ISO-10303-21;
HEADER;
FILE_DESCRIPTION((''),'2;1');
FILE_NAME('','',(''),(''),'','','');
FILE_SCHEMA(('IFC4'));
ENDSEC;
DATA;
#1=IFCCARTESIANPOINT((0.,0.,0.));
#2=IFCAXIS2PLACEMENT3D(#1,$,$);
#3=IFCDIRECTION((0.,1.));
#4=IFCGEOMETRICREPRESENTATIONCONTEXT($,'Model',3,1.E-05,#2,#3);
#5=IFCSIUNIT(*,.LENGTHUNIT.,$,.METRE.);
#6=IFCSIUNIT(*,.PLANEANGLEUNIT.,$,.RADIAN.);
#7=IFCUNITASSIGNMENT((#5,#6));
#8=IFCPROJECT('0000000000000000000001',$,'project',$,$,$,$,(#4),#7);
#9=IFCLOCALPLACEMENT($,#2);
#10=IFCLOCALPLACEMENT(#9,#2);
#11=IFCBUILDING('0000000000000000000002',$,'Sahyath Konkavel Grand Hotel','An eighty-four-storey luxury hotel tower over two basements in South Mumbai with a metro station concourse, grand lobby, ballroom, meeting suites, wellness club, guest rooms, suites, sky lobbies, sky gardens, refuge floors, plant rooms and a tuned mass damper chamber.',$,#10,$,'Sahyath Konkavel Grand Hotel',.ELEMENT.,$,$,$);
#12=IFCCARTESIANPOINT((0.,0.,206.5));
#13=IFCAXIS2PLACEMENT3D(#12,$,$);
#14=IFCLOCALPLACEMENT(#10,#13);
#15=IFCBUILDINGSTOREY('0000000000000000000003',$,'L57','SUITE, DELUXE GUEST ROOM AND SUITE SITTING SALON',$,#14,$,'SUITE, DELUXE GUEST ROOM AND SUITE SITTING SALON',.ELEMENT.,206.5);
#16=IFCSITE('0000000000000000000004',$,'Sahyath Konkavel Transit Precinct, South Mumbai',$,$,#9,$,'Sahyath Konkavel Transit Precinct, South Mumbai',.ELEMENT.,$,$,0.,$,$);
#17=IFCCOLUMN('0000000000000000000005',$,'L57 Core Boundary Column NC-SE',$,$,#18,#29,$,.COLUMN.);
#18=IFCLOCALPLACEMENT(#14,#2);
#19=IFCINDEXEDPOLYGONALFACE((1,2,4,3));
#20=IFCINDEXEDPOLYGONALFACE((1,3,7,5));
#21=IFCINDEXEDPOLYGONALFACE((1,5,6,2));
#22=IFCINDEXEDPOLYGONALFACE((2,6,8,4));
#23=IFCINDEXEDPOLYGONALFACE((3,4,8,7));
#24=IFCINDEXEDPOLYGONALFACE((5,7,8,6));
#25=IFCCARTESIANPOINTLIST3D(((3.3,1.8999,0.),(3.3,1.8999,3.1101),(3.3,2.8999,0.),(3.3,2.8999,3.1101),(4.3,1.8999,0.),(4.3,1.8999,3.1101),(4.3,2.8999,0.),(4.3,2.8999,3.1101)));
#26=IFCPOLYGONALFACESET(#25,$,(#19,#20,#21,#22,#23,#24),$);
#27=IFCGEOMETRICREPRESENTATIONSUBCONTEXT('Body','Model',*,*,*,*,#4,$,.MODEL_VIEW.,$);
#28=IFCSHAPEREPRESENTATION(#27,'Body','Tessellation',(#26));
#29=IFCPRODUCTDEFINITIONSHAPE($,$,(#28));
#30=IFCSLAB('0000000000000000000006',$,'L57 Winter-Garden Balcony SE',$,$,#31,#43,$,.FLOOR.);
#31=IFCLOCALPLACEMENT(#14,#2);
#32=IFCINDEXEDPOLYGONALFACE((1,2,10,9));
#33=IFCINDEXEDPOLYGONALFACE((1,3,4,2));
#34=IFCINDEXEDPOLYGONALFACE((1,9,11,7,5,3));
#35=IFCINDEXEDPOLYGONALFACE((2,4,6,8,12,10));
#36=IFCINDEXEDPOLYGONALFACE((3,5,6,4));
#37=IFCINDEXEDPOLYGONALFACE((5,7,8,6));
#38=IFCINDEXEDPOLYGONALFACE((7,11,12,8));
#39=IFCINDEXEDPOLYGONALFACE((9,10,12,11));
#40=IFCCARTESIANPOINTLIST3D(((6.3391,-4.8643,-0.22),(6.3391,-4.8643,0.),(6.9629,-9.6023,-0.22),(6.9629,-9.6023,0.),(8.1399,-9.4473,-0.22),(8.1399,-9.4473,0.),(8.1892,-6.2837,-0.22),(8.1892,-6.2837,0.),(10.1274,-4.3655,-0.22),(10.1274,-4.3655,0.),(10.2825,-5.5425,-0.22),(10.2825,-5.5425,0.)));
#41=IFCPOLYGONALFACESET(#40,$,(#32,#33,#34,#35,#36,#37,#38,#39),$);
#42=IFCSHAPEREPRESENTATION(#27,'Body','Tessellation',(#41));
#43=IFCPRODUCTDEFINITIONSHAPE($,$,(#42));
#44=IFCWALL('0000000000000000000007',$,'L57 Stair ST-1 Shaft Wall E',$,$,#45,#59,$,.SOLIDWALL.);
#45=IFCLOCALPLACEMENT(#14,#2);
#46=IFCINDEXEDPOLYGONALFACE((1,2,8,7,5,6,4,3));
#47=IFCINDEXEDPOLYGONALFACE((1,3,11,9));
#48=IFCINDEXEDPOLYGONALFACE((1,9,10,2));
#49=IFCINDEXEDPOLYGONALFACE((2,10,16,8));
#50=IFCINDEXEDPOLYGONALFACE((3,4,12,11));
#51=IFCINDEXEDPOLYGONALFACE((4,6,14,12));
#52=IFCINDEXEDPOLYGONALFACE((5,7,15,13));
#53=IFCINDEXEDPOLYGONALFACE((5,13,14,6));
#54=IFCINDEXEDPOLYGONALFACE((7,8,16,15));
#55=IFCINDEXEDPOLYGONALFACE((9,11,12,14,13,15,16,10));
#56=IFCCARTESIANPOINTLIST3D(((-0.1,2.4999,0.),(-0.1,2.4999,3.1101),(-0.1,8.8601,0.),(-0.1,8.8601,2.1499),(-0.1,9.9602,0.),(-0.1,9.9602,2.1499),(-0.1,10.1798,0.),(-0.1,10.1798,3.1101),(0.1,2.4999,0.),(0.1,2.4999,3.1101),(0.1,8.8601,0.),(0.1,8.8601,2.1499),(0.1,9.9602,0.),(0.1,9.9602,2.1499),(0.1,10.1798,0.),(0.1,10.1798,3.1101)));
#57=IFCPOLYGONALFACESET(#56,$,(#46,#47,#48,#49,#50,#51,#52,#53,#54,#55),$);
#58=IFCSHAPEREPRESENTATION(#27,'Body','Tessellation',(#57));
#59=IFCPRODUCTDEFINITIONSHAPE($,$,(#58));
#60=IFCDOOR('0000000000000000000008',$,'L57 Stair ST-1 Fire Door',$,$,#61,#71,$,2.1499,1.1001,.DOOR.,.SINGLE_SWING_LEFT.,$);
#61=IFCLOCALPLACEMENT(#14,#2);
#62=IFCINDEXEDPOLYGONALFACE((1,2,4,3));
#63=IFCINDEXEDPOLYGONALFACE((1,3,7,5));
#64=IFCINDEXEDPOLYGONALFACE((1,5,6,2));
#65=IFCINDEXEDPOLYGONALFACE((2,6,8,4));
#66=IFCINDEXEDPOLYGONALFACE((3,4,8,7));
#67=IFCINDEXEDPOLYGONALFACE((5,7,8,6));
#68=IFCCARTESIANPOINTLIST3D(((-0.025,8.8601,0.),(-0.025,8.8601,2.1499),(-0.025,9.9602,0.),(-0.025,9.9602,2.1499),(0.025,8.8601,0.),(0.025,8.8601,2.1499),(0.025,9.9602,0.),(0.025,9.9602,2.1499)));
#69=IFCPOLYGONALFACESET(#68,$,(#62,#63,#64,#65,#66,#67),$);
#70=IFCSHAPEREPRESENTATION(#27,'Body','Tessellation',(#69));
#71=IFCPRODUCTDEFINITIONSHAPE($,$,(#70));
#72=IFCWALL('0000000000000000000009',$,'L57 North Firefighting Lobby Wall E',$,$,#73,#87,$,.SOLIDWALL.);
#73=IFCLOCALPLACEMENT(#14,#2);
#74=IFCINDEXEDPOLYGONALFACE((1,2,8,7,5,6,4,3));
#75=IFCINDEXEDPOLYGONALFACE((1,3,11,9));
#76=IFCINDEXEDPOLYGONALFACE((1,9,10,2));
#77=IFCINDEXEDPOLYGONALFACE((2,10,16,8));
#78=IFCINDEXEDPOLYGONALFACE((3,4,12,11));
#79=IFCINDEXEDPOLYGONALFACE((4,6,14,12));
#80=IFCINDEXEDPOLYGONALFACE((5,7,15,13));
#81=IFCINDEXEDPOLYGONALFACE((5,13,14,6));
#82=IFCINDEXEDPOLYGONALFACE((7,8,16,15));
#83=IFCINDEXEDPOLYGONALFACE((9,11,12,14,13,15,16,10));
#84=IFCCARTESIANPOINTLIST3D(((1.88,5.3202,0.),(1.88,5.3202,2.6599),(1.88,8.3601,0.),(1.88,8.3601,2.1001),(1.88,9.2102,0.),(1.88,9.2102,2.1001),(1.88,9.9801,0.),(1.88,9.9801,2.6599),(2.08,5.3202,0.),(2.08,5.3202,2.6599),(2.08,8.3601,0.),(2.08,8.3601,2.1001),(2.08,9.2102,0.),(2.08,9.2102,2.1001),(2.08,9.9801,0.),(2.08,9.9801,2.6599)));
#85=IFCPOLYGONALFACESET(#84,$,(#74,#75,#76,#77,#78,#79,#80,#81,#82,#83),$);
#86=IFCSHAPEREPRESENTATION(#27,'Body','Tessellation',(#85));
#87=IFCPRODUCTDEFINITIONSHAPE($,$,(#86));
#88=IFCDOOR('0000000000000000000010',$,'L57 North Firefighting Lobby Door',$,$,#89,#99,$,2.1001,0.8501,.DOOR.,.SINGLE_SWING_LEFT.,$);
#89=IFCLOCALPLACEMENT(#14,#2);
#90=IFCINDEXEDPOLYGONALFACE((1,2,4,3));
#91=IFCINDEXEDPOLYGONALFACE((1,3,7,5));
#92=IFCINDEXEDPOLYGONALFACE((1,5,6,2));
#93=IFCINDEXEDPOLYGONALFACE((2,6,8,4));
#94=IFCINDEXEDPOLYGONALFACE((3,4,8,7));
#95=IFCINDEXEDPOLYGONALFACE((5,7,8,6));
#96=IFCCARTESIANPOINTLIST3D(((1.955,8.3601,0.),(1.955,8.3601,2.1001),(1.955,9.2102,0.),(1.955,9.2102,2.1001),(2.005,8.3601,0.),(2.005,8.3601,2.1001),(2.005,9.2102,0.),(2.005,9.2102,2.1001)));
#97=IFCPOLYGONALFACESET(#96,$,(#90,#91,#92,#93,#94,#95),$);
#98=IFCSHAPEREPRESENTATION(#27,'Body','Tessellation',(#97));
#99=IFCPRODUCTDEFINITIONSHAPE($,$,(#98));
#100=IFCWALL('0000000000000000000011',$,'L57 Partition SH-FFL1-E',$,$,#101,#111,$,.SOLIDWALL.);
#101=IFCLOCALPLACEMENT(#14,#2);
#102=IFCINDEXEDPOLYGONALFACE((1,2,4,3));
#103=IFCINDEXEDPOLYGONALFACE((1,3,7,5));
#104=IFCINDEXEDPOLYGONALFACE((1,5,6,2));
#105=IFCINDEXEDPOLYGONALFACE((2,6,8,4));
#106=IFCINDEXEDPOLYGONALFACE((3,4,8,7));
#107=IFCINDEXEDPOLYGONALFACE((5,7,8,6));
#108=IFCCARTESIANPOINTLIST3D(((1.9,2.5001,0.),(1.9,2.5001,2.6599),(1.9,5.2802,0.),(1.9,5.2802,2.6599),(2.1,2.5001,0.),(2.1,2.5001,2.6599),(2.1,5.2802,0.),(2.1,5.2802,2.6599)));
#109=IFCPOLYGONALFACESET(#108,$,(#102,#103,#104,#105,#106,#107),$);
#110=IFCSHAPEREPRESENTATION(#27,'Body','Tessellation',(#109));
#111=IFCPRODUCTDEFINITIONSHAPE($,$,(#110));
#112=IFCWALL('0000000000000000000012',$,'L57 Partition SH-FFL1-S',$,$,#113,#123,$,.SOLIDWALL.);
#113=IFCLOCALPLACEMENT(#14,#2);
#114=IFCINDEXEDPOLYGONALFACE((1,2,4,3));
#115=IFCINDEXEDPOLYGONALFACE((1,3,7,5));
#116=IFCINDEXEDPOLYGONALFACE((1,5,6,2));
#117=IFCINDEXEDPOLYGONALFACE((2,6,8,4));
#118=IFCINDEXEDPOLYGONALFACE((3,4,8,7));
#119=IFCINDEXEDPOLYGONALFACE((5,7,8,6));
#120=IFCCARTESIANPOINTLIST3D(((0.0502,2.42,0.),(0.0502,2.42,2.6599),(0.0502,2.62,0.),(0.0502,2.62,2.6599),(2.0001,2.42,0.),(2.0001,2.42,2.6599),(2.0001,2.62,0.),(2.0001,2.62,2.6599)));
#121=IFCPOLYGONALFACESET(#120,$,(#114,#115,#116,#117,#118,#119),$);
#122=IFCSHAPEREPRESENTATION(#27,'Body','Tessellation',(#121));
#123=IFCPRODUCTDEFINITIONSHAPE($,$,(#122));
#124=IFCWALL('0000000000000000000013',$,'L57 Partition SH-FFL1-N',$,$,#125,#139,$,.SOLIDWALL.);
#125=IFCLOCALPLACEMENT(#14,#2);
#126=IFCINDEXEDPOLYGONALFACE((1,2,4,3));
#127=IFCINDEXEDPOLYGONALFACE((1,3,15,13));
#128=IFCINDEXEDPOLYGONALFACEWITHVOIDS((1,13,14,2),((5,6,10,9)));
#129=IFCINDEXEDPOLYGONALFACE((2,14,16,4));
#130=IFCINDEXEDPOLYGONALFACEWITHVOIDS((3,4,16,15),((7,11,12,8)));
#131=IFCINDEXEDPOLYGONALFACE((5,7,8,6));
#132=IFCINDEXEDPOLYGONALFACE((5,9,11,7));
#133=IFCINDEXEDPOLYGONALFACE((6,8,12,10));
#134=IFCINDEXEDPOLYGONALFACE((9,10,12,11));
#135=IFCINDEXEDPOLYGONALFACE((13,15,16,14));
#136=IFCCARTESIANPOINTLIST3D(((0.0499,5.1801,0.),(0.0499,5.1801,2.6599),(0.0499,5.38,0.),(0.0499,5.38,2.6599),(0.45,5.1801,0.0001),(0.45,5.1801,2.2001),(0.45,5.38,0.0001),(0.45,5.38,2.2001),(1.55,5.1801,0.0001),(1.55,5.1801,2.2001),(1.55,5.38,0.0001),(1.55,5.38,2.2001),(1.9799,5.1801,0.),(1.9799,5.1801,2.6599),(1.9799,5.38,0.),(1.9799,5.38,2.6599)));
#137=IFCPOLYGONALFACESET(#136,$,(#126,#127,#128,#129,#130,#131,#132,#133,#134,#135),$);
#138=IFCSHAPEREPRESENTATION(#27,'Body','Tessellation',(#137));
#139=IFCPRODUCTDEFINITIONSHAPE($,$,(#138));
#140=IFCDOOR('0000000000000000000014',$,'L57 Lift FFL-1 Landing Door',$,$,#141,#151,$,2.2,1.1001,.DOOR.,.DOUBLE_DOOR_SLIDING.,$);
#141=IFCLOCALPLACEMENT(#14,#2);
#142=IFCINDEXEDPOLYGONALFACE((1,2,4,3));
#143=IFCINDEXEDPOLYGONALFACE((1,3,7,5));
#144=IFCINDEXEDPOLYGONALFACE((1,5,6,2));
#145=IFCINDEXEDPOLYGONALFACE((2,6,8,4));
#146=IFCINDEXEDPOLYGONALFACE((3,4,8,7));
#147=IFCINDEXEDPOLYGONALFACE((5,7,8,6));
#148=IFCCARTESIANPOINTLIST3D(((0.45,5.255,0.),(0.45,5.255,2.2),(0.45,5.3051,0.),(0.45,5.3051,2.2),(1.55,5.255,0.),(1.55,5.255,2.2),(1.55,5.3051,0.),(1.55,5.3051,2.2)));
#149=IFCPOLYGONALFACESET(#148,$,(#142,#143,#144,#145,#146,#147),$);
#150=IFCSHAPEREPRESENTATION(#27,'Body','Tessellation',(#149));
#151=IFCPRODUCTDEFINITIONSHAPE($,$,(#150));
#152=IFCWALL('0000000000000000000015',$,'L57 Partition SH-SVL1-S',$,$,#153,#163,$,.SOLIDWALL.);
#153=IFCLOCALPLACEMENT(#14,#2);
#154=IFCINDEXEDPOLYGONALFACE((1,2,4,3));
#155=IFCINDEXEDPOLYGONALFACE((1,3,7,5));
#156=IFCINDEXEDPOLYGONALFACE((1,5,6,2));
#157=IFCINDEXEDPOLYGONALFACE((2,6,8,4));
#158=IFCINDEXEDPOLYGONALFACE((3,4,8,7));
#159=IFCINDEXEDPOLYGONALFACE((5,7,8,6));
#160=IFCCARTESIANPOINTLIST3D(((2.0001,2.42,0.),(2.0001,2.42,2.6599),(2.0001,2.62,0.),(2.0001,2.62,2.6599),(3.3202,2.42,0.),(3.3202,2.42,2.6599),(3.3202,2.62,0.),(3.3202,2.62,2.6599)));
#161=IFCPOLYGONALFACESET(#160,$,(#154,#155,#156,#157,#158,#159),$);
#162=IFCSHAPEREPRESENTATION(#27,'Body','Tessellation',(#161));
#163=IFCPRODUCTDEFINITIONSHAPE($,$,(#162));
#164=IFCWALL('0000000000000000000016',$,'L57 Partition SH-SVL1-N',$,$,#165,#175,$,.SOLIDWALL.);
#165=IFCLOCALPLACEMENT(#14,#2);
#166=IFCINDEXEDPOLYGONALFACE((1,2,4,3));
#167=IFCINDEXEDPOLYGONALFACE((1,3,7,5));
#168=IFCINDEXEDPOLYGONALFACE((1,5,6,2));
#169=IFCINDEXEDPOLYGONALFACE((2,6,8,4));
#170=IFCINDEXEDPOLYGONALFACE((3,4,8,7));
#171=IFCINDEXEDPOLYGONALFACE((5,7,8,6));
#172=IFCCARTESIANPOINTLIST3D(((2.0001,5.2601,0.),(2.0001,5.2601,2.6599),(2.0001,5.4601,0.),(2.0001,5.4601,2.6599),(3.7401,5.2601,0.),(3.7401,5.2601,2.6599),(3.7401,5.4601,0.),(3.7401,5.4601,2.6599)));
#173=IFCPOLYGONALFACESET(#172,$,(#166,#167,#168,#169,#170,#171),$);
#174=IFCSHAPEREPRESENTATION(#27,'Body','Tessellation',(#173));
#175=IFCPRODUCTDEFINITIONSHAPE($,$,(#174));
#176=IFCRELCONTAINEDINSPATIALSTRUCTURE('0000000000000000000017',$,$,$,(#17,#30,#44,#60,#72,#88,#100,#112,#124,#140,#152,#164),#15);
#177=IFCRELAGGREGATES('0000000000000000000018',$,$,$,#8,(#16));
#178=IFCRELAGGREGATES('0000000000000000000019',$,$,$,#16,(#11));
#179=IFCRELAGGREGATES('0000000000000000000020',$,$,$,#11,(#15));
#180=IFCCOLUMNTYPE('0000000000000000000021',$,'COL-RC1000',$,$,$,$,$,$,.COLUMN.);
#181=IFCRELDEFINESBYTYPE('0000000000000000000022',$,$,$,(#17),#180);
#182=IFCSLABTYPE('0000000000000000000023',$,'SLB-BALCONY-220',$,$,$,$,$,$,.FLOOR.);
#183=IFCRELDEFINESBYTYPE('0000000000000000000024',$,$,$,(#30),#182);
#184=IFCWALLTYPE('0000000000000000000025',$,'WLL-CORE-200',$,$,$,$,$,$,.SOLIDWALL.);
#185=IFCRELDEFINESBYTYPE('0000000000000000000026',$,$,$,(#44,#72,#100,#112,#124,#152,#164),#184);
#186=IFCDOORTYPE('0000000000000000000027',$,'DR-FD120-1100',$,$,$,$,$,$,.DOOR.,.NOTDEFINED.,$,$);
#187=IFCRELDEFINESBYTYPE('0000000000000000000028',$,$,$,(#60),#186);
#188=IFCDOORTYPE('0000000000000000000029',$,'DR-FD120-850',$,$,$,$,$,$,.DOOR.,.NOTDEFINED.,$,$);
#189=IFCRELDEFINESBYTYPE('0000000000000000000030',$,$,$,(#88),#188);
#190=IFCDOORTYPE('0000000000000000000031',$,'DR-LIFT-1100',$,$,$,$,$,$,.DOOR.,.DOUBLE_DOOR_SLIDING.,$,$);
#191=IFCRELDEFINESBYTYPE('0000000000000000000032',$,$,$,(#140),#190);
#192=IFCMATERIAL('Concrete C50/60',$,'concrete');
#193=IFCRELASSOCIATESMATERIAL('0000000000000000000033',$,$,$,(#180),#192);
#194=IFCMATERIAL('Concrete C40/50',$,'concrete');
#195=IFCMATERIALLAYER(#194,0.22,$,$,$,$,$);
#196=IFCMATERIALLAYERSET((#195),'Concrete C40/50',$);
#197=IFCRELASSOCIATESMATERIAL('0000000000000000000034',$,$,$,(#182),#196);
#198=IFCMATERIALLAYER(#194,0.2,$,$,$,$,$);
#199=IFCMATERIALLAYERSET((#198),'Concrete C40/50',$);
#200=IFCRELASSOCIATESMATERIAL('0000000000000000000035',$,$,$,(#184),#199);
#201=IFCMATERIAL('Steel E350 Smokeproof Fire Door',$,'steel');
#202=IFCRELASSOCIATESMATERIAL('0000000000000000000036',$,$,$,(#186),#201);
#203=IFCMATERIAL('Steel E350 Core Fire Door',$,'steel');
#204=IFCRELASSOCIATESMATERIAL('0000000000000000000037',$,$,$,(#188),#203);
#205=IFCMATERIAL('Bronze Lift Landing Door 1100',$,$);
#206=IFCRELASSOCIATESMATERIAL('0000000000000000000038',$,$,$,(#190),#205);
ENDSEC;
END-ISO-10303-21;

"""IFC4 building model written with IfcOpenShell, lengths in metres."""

from ifc_helpers import new_model, si_unit, direction, frame, frame_2d, origin, origin_2d, place, context, subcontext, project, spatial, polyline, rectangle, outline, extrude, source, transform, mapped, material, layer, layer_set, material_profile, profile_set, type_object, element, fill, save


model = new_model("IFC4")

# Units and contexts
model_context = context("Model", 3, precision=1e-05, world=origin(), true_north=direction((0.0, 1.0)))
body_context = subcontext(model_context, "Body", "Model", "MODEL_VIEW")
ifc_project = project(units=[si_unit("LENGTHUNIT", "METRE"), si_unit("PLANEANGLEUNIT", "RADIAN")], contexts=[model_context])

# Site, building, storey
site_placement = place(None, origin())
site = spatial("IfcSite", under=ifc_project, at=site_placement, Name="Sahyath Konkavel Transit Precinct, South Mumbai", LongName="Sahyath Konkavel Transit Precinct, South Mumbai", CompositionType="ELEMENT", RefElevation=0.0)
building_placement = place(site_placement, origin())
building = spatial("IfcBuilding", under=site, at=building_placement, Name="Sahyath Konkavel Grand Hotel", Description="An eighty-four-storey luxury hotel tower over two basements in South Mumbai with a metro station concourse, grand lobby, ballroom, meeting suites, wellness club, guest rooms, suites, sky lobbies, sky gardens, refuge floors, plant rooms and a tuned mass damper chamber.", LongName="Sahyath Konkavel Grand Hotel", CompositionType="ELEMENT")
storey_placement = place(building_placement, frame((0.0, 0.0, 206.5)))
storey = spatial("IfcBuildingStorey", under=building, at=storey_placement, Name="L57", Description="SUITE, DELUXE GUEST ROOM AND SUITE SITTING SALON", LongName="SUITE, DELUXE GUEST ROOM AND SUITE SITTING SALON", CompositionType="ELEMENT", Elevation=206.5)

# Column
ifc_material_1 = material(Name="Concrete C50/60", Category="concrete")
ifc_material_profile = material_profile(ifc_material_1, rectangle(XDim=1.0, YDim=1.0, at=origin_2d()), Name="RC 1000x1000")
ifc_profile_set = profile_set([ifc_material_profile], Name="Concrete C50/60")
column_type = type_object("IfcColumnType", Name="COL-RC1000", PredefinedType="COLUMN", material=ifc_profile_set)
shared_shape_1 = source(origin(), body_context, "Body", "SweptSolid", [
    extrude(rectangle(XDim=1.0, YDim=1.0, at=origin_2d()), origin(), (0.0, 0.0, 1.0), 3.1101),
])
column_placement = place(storey_placement, frame((3.8, 2.3999, 0.0), z_axis=(0.0, 0.0, 1.0), x_axis=(1.0, 0.0, 0.0)))
element("IfcColumn", 1, at=column_placement, inside=storey, type_object=column_type, Name="L57 Core Boundary Column NC-SE", PredefinedType="COLUMN", context=body_context, shape_type="MappedRepresentation", body=[
    mapped(shared_shape_1, transform((0.0, 0.0, 0.0), scale=1.0)),
])

# Slab
ifc_material_2 = material(Name="Concrete C40/50", Category="concrete")
ifc_layer_1 = layer(ifc_material_2, 0.22)
ifc_layer_set_1 = layer_set([ifc_layer_1], Name="Concrete C40/50")
slab_type = type_object("IfcSlabType", Name="SLB-BALCONY-220", PredefinedType="FLOOR", material=ifc_layer_set_1)
slab_placement = place(storey_placement, frame((0.0, 0.0, -0.22)))
element("IfcSlab", 2, at=slab_placement, inside=storey, type_object=slab_type, Name="L57 Winter-Garden Balcony SE", PredefinedType="FLOOR", context=body_context, shape_type="SweptSolid", body=[
    extrude(outline(polyline([(6.3391, -4.8643), (6.9629, -9.6023), (8.1399, -9.4473), (8.1892, -6.2837), (10.2825, -5.5425), (10.1274, -4.3655), (6.3391, -4.8643)])), origin(), (0.0, 0.0, 1.0), 0.22),
])

# Walls, openings, doors
ifc_layer_2 = layer(ifc_material_2, 0.2)
ifc_layer_set_2 = layer_set([ifc_layer_2], Name="Concrete C40/50")
wall_type_1 = type_object("IfcWallType", Name="WLL-CORE-200", PredefinedType="SOLIDWALL", material=ifc_layer_set_2)
wall_1_placement = place(storey_placement, frame((0.0, 2.5, 0.0), z_axis=(0.0, 0.0, 1.0), x_axis=(0.0, 1.0, 0.0)))
wall_1 = element("IfcWall", 3, at=wall_1_placement, inside=storey, type_object=wall_type_1, Name="L57 Stair ST-1 Shaft Wall E", PredefinedType="SOLIDWALL", context=body_context, shape_type="SweptSolid", body=[
    extrude(rectangle(XDim=7.6799, YDim=0.2, at=frame_2d((3.8398, 0.0))), origin(), (0.0, 0.0, 1.0), 3.1101),
])
opening_1_placement = place(wall_1_placement, frame((6.3601, 0.0, 0.0)))
opening_1 = element("IfcOpeningElement", 4, at=opening_1_placement, cuts=wall_1, PredefinedType="OPENING", context=body_context, shape_type="SweptSolid", body=[
    extrude(rectangle(XDim=1.1001, YDim=2.1499, at=frame_2d((0.55, 1.075))), frame((0.0, 0.1099, 0.0), z_axis=(0.0, -1.0, 0.0), x_axis=(1.0, 0.0, 0.0)), (0.0, 0.0, 1.0), 0.22),
])
ifc_material_3 = material(Name="Steel E350 Smokeproof Fire Door", Category="steel")
door_type_1 = type_object("IfcDoorType", Name="DR-FD120-1100", OperationType="NOTDEFINED", PredefinedType="DOOR", material=ifc_material_3)
shared_shape_2 = source(origin(), body_context, "Body", "SweptSolid", [
    extrude(rectangle(XDim=1.1001, YDim=0.05, at=origin_2d()), origin(), (0.0, 0.0, 1.0), 2.1499),
])
door_1_placement = place(opening_1_placement, frame((0.55, 0.0, 0.0)))
door_1 = element("IfcDoor", 5, at=door_1_placement, inside=storey, type_object=door_type_1, Name="L57 Stair ST-1 Fire Door", OperationType="SINGLE_SWING_LEFT", OverallHeight=2.1499, OverallWidth=1.1001, PredefinedType="DOOR", context=body_context, shape_type="MappedRepresentation", body=[
    mapped(shared_shape_2, transform((0.0, 0.0, 0.0), scale=1.0)),
])
fill(opening_1, door_1)
wall_2_placement = place(storey_placement, frame((1.98, 5.3201, 0.0), z_axis=(0.0, 0.0, 1.0), x_axis=(0.0, 1.0, 0.0)))
wall_2 = element("IfcWall", 6, at=wall_2_placement, inside=storey, type_object=wall_type_1, Name="L57 North Firefighting Lobby Wall E", PredefinedType="SOLIDWALL", context=body_context, shape_type="SweptSolid", body=[
    extrude(rectangle(XDim=4.6599, YDim=0.2, at=frame_2d((2.3301, 0.0))), origin(), (0.0, 0.0, 1.0), 2.6599),
])
opening_2_placement = place(wall_2_placement, frame((3.04, 0.0, 0.0)))
opening_2 = element("IfcOpeningElement", 7, at=opening_2_placement, cuts=wall_2, PredefinedType="OPENING", context=body_context, shape_type="SweptSolid", body=[
    extrude(rectangle(XDim=0.8501, YDim=2.1001, at=frame_2d((0.425, 1.05))), frame((0.0, 0.1099, 0.0), z_axis=(0.0, -1.0, 0.0), x_axis=(1.0, 0.0, 0.0)), (0.0, 0.0, 1.0), 0.22),
])
ifc_material_4 = material(Name="Steel E350 Core Fire Door", Category="steel")
door_type_2 = type_object("IfcDoorType", Name="DR-FD120-850", OperationType="NOTDEFINED", PredefinedType="DOOR", material=ifc_material_4)
shared_shape_3 = source(origin(), body_context, "Body", "SweptSolid", [
    extrude(rectangle(XDim=0.8501, YDim=0.05, at=origin_2d()), origin(), (0.0, 0.0, 1.0), 2.1001),
])
door_2_placement = place(opening_2_placement, frame((0.425, 0.0, 0.0)))
door_2 = element("IfcDoor", 8, at=door_2_placement, inside=storey, type_object=door_type_2, Name="L57 North Firefighting Lobby Door", OperationType="SINGLE_SWING_LEFT", OverallHeight=2.1001, OverallWidth=0.8501, PredefinedType="DOOR", context=body_context, shape_type="MappedRepresentation", body=[
    mapped(shared_shape_3, transform((0.0, 0.0, 0.0), scale=1.0)),
])
fill(opening_2, door_2)

# Walls
wall_3_placement = place(storey_placement, frame((2.0, 2.5, 0.0), z_axis=(0.0, 0.0, 1.0), x_axis=(0.0, 1.0, 0.0)))
element("IfcWall", 9, at=wall_3_placement, inside=storey, type_object=wall_type_1, Name="L57 Partition SH-FFL1-E", PredefinedType="SOLIDWALL", context=body_context, shape_type="SweptSolid", body=[
    extrude(rectangle(XDim=2.78, YDim=0.2, at=frame_2d((1.3901, 0.0))), origin(), (0.0, 0.0, 1.0), 2.6599),
])
wall_4_placement = place(storey_placement, frame((0.05, 2.52, 0.0), z_axis=(0.0, 0.0, 1.0), x_axis=(1.0, 0.0, 0.0)))
element("IfcWall", 10, at=wall_4_placement, inside=storey, type_object=wall_type_1, Name="L57 Partition SH-FFL1-S", PredefinedType="SOLIDWALL", context=body_context, shape_type="SweptSolid", body=[
    extrude(rectangle(XDim=1.95, YDim=0.2, at=frame_2d((0.9751, 0.0))), origin(), (0.0, 0.0, 1.0), 2.6599),
])

# Wall, opening, door
wall_5_placement = place(storey_placement, frame((0.05, 5.28, 0.0), z_axis=(0.0, 0.0, 1.0), x_axis=(1.0, 0.0, 0.0)))
wall_5 = element("IfcWall", 11, at=wall_5_placement, inside=storey, type_object=wall_type_1, Name="L57 Partition SH-FFL1-N", PredefinedType="SOLIDWALL", context=body_context, shape_type="SweptSolid", body=[
    extrude(rectangle(XDim=1.9299, YDim=0.2, at=frame_2d((0.9648, 0.0))), origin(), (0.0, 0.0, 1.0), 2.6599),
])
opening_3_placement = place(wall_5_placement, frame((0.3999, 0.0, 0.0)))
opening_3 = element("IfcOpeningElement", 12, at=opening_3_placement, cuts=wall_5, PredefinedType="OPENING", context=body_context, shape_type="SweptSolid", body=[
    extrude(rectangle(XDim=1.1001, YDim=2.2, at=frame_2d((0.55, 1.1001))), frame((0.0, 0.1099, 0.0), z_axis=(0.0, -1.0, 0.0), x_axis=(1.0, 0.0, 0.0)), (0.0, 0.0, 1.0), 0.22),
])
ifc_material_5 = material(Name="Bronze Lift Landing Door 1100")
door_type_3 = type_object("IfcDoorType", Name="DR-LIFT-1100", OperationType="DOUBLE_DOOR_SLIDING", PredefinedType="DOOR", material=ifc_material_5)
shared_shape_4 = source(origin(), body_context, "Body", "SweptSolid", [
    extrude(rectangle(XDim=1.1001, YDim=0.05, at=origin_2d()), origin(), (0.0, 0.0, 1.0), 2.2),
])
door_3_placement = place(opening_3_placement, frame((0.55, 0.0, 0.0)))
door_3 = element("IfcDoor", 13, at=door_3_placement, inside=storey, type_object=door_type_3, Name="L57 Lift FFL-1 Landing Door", OperationType="DOUBLE_DOOR_SLIDING", OverallHeight=2.2, OverallWidth=1.1001, PredefinedType="DOOR", context=body_context, shape_type="MappedRepresentation", body=[
    mapped(shared_shape_4, transform((0.0, 0.0, 0.0), scale=1.0)),
])
fill(opening_3, door_3)

# Walls
wall_6_placement = place(storey_placement, frame((2.0, 2.52, 0.0), z_axis=(0.0, 0.0, 1.0), x_axis=(1.0, 0.0, 0.0)))
element("IfcWall", 14, at=wall_6_placement, inside=storey, type_object=wall_type_1, Name="L57 Partition SH-SVL1-S", PredefinedType="SOLIDWALL", context=body_context, shape_type="SweptSolid", body=[
    extrude(rectangle(XDim=1.3201, YDim=0.2, at=frame_2d((0.6602, 0.0))), origin(), (0.0, 0.0, 1.0), 2.6599),
])
wall_7_placement = place(storey_placement, frame((2.0, 5.3601, 0.0), z_axis=(0.0, 0.0, 1.0), x_axis=(1.0, 0.0, 0.0)))
element("IfcWall", 15, at=wall_7_placement, inside=storey, type_object=wall_type_1, Name="L57 Partition SH-SVL1-N", PredefinedType="SOLIDWALL", context=body_context, shape_type="SweptSolid", body=[
    extrude(rectangle(XDim=1.74, YDim=0.2, at=frame_2d((0.8701, 0.0))), origin(), (0.0, 0.0, 1.0), 2.6599),
])

save(model, "model.ifc")
